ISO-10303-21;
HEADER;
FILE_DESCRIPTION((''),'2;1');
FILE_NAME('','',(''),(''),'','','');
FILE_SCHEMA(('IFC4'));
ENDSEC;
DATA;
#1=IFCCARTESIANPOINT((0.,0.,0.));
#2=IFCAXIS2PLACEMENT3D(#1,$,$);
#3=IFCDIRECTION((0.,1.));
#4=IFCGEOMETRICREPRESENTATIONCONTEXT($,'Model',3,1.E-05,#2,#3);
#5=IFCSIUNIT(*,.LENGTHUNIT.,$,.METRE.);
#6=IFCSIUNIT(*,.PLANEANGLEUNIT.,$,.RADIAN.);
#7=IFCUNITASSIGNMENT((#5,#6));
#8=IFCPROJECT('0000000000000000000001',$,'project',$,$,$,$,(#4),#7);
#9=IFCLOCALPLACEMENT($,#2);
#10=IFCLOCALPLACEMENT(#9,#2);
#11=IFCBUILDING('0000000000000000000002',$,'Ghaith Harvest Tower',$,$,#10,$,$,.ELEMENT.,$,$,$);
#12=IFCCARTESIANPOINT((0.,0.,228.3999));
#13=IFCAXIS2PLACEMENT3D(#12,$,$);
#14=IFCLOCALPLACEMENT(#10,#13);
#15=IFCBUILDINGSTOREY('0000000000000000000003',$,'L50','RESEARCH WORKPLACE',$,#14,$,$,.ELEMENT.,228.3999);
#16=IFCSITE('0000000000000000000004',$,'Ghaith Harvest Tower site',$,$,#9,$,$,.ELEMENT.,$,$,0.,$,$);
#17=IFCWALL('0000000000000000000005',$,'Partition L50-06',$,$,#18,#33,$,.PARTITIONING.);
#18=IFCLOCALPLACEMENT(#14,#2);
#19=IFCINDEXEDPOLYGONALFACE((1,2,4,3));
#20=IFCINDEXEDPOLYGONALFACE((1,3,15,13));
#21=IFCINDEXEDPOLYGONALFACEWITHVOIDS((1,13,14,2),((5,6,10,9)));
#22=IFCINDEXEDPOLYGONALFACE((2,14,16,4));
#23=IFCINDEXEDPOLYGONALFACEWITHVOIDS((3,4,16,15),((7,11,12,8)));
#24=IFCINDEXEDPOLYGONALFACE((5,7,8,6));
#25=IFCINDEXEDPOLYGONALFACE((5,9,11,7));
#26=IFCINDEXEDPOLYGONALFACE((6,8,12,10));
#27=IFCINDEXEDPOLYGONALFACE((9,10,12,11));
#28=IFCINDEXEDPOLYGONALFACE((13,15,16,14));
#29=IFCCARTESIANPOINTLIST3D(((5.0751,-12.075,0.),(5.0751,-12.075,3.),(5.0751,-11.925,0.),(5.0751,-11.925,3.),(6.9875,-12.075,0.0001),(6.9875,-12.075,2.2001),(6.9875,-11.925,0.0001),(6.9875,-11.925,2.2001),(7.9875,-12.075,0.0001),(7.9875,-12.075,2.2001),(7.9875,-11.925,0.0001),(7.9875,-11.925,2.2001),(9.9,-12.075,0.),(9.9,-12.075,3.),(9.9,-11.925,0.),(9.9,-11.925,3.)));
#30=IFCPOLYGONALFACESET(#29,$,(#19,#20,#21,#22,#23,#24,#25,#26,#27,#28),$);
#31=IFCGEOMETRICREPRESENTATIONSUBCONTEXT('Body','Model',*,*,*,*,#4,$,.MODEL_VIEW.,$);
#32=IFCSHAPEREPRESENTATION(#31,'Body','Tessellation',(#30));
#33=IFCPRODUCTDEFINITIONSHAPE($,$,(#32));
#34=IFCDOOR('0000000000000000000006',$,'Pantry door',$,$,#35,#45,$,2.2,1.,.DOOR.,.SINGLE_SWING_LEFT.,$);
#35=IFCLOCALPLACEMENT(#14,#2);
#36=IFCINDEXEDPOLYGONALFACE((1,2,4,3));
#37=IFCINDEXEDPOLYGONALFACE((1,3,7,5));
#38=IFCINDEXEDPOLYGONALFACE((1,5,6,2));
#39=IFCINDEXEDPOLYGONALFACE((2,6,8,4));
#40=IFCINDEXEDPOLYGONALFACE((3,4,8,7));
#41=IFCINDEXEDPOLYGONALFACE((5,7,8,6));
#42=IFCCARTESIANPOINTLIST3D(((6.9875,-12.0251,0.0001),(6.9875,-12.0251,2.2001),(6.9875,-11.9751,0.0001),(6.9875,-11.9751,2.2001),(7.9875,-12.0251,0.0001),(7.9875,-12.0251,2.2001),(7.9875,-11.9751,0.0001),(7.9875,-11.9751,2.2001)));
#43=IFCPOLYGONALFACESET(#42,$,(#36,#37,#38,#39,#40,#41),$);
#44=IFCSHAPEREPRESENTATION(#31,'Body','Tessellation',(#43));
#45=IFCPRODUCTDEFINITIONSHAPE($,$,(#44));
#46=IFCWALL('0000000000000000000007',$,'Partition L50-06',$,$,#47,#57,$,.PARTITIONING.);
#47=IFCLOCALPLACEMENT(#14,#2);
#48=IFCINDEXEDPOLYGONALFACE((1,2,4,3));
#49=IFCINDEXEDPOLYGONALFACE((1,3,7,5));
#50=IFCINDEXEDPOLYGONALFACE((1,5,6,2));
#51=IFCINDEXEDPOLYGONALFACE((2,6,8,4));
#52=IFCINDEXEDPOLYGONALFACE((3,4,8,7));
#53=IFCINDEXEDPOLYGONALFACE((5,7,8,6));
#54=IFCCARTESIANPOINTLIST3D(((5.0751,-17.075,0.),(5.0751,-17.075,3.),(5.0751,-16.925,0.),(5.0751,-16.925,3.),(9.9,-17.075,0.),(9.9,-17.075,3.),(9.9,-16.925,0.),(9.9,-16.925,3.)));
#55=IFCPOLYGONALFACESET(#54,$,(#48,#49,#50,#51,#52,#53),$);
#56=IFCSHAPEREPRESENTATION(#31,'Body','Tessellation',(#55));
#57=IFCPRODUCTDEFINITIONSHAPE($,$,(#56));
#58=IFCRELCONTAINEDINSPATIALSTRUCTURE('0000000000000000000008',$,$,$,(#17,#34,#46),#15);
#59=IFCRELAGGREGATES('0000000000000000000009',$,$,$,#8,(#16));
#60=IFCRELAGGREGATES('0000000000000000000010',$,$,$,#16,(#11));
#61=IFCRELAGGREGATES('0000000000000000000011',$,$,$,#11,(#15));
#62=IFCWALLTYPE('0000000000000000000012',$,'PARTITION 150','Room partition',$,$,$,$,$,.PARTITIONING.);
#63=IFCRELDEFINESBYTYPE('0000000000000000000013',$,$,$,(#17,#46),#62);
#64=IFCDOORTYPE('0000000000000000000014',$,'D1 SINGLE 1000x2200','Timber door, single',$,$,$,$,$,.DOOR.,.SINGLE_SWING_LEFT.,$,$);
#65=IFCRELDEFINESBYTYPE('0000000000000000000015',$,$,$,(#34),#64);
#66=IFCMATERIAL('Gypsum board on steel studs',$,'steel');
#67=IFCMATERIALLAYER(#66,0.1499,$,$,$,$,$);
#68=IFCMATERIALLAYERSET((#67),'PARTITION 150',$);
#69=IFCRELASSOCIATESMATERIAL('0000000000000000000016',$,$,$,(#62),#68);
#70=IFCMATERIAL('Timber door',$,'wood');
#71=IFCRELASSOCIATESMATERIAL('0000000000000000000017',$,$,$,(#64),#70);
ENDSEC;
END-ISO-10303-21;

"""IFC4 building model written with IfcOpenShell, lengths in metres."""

from ifc_helpers import new_model, si_unit, direction, frame, frame_2d, origin, place, context, subcontext, project, spatial, rectangle, extrude, material, layer, layer_set, type_object, element, fill, save


model = new_model("IFC4")

# Units and contexts
model_context = context("Model", 3, precision=1e-05, world=origin(), true_north=direction((0.0, 1.0)))
body_context = subcontext(model_context, "Body", "Model", "MODEL_VIEW")
ifc_project = project(units=[si_unit("LENGTHUNIT", "METRE"), si_unit("PLANEANGLEUNIT", "RADIAN")], contexts=[model_context])

# Site, building, storey
site_placement = place(None, origin())
site = spatial("IfcSite", under=ifc_project, at=site_placement, Name="Ghaith Harvest Tower site", CompositionType="ELEMENT", RefElevation=0.0)
building_placement = place(site_placement, origin())
building = spatial("IfcBuilding", under=site, at=building_placement, Name="Ghaith Harvest Tower", CompositionType="ELEMENT")
storey_placement = place(building_placement, frame((0.0, 0.0, 228.3999)))
storey = spatial("IfcBuildingStorey", under=building, at=storey_placement, Name="L50", Description="RESEARCH WORKPLACE", CompositionType="ELEMENT", Elevation=228.3999)

# Shared definitions
ifc_material_1 = material(Name="Gypsum board on steel studs", Category="steel")
ifc_layer_1 = layer(ifc_material_1, 0.1499)
ifc_layer_set_1 = layer_set([ifc_layer_1], Name="PARTITION 150")
wall_type_1 = type_object("IfcWallType", Name="PARTITION 150", Description="Room partition", PredefinedType="PARTITIONING", material=ifc_layer_set_1)

# Wall, opening, door
wall_1_placement = place(storey_placement, frame((5.075, -12.0, 0.0), z_axis=(0.0, 0.0, 1.0), x_axis=(1.0, 0.0, 0.0)))
wall_1 = element("IfcWall", 1, at=wall_1_placement, inside=storey, type_object=wall_type_1, Name="Partition L50-06", PredefinedType="PARTITIONING", context=body_context, shape_type="SweptSolid", body=[
    extrude(rectangle(XDim=4.825, YDim=0.1499, at=frame_2d((2.4126, 0.0))), origin(), (0.0, 0.0, 1.0), 3.0),
])
opening_1_placement = place(wall_1_placement, frame((1.9126, 0.0, 0.0)))
opening_1 = element("IfcOpeningElement", 2, at=opening_1_placement, cuts=wall_1, PredefinedType="OPENING", context=body_context, shape_type="SweptSolid", body=[
    extrude(rectangle(XDim=1.0, YDim=2.2, at=frame_2d((0.5, 1.1001))), frame((0.0, 0.085, 0.0), z_axis=(0.0, -1.0, 0.0), x_axis=(1.0, 0.0, 0.0)), (0.0, 0.0, 1.0), 0.1699),
])
ifc_material_2 = material(Name="Timber door", Category="wood")
door_type_1 = type_object("IfcDoorType", Name="D1 SINGLE 1000x2200", Description="Timber door, single", OperationType="SINGLE_SWING_LEFT", PredefinedType="DOOR", material=ifc_material_2)
door_1_placement = place(opening_1_placement, origin())
door_1 = element("IfcDoor", 3, at=door_1_placement, inside=storey, type_object=door_type_1, Name="Pantry door", OperationType="SINGLE_SWING_LEFT", OverallHeight=2.2, OverallWidth=1.0, PredefinedType="DOOR", context=body_context, shape_type="SweptSolid", body=[
    extrude(rectangle(XDim=1.0, YDim=2.2, at=frame_2d((0.5, 1.1001))), frame((0.0, 0.0249, 0.0), z_axis=(0.0, -1.0, 0.0), x_axis=(1.0, 0.0, 0.0)), (0.0, 0.0, 1.0), 0.05),
])
fill(opening_1, door_1)

# Wall
wall_2_placement = place(storey_placement, frame((5.075, -17.0, 0.0), z_axis=(0.0, 0.0, 1.0), x_axis=(1.0, 0.0, 0.0)))
element("IfcWall", 4, at=wall_2_placement, inside=storey, type_object=wall_type_1, Name="Partition L50-06", PredefinedType="PARTITIONING", context=body_context, shape_type="SweptSolid", body=[
    extrude(rectangle(XDim=4.825, YDim=0.1499, at=frame_2d((2.4126, 0.0))), origin(), (0.0, 0.0, 1.0), 3.0),
])

save(model, "model.ifc")
